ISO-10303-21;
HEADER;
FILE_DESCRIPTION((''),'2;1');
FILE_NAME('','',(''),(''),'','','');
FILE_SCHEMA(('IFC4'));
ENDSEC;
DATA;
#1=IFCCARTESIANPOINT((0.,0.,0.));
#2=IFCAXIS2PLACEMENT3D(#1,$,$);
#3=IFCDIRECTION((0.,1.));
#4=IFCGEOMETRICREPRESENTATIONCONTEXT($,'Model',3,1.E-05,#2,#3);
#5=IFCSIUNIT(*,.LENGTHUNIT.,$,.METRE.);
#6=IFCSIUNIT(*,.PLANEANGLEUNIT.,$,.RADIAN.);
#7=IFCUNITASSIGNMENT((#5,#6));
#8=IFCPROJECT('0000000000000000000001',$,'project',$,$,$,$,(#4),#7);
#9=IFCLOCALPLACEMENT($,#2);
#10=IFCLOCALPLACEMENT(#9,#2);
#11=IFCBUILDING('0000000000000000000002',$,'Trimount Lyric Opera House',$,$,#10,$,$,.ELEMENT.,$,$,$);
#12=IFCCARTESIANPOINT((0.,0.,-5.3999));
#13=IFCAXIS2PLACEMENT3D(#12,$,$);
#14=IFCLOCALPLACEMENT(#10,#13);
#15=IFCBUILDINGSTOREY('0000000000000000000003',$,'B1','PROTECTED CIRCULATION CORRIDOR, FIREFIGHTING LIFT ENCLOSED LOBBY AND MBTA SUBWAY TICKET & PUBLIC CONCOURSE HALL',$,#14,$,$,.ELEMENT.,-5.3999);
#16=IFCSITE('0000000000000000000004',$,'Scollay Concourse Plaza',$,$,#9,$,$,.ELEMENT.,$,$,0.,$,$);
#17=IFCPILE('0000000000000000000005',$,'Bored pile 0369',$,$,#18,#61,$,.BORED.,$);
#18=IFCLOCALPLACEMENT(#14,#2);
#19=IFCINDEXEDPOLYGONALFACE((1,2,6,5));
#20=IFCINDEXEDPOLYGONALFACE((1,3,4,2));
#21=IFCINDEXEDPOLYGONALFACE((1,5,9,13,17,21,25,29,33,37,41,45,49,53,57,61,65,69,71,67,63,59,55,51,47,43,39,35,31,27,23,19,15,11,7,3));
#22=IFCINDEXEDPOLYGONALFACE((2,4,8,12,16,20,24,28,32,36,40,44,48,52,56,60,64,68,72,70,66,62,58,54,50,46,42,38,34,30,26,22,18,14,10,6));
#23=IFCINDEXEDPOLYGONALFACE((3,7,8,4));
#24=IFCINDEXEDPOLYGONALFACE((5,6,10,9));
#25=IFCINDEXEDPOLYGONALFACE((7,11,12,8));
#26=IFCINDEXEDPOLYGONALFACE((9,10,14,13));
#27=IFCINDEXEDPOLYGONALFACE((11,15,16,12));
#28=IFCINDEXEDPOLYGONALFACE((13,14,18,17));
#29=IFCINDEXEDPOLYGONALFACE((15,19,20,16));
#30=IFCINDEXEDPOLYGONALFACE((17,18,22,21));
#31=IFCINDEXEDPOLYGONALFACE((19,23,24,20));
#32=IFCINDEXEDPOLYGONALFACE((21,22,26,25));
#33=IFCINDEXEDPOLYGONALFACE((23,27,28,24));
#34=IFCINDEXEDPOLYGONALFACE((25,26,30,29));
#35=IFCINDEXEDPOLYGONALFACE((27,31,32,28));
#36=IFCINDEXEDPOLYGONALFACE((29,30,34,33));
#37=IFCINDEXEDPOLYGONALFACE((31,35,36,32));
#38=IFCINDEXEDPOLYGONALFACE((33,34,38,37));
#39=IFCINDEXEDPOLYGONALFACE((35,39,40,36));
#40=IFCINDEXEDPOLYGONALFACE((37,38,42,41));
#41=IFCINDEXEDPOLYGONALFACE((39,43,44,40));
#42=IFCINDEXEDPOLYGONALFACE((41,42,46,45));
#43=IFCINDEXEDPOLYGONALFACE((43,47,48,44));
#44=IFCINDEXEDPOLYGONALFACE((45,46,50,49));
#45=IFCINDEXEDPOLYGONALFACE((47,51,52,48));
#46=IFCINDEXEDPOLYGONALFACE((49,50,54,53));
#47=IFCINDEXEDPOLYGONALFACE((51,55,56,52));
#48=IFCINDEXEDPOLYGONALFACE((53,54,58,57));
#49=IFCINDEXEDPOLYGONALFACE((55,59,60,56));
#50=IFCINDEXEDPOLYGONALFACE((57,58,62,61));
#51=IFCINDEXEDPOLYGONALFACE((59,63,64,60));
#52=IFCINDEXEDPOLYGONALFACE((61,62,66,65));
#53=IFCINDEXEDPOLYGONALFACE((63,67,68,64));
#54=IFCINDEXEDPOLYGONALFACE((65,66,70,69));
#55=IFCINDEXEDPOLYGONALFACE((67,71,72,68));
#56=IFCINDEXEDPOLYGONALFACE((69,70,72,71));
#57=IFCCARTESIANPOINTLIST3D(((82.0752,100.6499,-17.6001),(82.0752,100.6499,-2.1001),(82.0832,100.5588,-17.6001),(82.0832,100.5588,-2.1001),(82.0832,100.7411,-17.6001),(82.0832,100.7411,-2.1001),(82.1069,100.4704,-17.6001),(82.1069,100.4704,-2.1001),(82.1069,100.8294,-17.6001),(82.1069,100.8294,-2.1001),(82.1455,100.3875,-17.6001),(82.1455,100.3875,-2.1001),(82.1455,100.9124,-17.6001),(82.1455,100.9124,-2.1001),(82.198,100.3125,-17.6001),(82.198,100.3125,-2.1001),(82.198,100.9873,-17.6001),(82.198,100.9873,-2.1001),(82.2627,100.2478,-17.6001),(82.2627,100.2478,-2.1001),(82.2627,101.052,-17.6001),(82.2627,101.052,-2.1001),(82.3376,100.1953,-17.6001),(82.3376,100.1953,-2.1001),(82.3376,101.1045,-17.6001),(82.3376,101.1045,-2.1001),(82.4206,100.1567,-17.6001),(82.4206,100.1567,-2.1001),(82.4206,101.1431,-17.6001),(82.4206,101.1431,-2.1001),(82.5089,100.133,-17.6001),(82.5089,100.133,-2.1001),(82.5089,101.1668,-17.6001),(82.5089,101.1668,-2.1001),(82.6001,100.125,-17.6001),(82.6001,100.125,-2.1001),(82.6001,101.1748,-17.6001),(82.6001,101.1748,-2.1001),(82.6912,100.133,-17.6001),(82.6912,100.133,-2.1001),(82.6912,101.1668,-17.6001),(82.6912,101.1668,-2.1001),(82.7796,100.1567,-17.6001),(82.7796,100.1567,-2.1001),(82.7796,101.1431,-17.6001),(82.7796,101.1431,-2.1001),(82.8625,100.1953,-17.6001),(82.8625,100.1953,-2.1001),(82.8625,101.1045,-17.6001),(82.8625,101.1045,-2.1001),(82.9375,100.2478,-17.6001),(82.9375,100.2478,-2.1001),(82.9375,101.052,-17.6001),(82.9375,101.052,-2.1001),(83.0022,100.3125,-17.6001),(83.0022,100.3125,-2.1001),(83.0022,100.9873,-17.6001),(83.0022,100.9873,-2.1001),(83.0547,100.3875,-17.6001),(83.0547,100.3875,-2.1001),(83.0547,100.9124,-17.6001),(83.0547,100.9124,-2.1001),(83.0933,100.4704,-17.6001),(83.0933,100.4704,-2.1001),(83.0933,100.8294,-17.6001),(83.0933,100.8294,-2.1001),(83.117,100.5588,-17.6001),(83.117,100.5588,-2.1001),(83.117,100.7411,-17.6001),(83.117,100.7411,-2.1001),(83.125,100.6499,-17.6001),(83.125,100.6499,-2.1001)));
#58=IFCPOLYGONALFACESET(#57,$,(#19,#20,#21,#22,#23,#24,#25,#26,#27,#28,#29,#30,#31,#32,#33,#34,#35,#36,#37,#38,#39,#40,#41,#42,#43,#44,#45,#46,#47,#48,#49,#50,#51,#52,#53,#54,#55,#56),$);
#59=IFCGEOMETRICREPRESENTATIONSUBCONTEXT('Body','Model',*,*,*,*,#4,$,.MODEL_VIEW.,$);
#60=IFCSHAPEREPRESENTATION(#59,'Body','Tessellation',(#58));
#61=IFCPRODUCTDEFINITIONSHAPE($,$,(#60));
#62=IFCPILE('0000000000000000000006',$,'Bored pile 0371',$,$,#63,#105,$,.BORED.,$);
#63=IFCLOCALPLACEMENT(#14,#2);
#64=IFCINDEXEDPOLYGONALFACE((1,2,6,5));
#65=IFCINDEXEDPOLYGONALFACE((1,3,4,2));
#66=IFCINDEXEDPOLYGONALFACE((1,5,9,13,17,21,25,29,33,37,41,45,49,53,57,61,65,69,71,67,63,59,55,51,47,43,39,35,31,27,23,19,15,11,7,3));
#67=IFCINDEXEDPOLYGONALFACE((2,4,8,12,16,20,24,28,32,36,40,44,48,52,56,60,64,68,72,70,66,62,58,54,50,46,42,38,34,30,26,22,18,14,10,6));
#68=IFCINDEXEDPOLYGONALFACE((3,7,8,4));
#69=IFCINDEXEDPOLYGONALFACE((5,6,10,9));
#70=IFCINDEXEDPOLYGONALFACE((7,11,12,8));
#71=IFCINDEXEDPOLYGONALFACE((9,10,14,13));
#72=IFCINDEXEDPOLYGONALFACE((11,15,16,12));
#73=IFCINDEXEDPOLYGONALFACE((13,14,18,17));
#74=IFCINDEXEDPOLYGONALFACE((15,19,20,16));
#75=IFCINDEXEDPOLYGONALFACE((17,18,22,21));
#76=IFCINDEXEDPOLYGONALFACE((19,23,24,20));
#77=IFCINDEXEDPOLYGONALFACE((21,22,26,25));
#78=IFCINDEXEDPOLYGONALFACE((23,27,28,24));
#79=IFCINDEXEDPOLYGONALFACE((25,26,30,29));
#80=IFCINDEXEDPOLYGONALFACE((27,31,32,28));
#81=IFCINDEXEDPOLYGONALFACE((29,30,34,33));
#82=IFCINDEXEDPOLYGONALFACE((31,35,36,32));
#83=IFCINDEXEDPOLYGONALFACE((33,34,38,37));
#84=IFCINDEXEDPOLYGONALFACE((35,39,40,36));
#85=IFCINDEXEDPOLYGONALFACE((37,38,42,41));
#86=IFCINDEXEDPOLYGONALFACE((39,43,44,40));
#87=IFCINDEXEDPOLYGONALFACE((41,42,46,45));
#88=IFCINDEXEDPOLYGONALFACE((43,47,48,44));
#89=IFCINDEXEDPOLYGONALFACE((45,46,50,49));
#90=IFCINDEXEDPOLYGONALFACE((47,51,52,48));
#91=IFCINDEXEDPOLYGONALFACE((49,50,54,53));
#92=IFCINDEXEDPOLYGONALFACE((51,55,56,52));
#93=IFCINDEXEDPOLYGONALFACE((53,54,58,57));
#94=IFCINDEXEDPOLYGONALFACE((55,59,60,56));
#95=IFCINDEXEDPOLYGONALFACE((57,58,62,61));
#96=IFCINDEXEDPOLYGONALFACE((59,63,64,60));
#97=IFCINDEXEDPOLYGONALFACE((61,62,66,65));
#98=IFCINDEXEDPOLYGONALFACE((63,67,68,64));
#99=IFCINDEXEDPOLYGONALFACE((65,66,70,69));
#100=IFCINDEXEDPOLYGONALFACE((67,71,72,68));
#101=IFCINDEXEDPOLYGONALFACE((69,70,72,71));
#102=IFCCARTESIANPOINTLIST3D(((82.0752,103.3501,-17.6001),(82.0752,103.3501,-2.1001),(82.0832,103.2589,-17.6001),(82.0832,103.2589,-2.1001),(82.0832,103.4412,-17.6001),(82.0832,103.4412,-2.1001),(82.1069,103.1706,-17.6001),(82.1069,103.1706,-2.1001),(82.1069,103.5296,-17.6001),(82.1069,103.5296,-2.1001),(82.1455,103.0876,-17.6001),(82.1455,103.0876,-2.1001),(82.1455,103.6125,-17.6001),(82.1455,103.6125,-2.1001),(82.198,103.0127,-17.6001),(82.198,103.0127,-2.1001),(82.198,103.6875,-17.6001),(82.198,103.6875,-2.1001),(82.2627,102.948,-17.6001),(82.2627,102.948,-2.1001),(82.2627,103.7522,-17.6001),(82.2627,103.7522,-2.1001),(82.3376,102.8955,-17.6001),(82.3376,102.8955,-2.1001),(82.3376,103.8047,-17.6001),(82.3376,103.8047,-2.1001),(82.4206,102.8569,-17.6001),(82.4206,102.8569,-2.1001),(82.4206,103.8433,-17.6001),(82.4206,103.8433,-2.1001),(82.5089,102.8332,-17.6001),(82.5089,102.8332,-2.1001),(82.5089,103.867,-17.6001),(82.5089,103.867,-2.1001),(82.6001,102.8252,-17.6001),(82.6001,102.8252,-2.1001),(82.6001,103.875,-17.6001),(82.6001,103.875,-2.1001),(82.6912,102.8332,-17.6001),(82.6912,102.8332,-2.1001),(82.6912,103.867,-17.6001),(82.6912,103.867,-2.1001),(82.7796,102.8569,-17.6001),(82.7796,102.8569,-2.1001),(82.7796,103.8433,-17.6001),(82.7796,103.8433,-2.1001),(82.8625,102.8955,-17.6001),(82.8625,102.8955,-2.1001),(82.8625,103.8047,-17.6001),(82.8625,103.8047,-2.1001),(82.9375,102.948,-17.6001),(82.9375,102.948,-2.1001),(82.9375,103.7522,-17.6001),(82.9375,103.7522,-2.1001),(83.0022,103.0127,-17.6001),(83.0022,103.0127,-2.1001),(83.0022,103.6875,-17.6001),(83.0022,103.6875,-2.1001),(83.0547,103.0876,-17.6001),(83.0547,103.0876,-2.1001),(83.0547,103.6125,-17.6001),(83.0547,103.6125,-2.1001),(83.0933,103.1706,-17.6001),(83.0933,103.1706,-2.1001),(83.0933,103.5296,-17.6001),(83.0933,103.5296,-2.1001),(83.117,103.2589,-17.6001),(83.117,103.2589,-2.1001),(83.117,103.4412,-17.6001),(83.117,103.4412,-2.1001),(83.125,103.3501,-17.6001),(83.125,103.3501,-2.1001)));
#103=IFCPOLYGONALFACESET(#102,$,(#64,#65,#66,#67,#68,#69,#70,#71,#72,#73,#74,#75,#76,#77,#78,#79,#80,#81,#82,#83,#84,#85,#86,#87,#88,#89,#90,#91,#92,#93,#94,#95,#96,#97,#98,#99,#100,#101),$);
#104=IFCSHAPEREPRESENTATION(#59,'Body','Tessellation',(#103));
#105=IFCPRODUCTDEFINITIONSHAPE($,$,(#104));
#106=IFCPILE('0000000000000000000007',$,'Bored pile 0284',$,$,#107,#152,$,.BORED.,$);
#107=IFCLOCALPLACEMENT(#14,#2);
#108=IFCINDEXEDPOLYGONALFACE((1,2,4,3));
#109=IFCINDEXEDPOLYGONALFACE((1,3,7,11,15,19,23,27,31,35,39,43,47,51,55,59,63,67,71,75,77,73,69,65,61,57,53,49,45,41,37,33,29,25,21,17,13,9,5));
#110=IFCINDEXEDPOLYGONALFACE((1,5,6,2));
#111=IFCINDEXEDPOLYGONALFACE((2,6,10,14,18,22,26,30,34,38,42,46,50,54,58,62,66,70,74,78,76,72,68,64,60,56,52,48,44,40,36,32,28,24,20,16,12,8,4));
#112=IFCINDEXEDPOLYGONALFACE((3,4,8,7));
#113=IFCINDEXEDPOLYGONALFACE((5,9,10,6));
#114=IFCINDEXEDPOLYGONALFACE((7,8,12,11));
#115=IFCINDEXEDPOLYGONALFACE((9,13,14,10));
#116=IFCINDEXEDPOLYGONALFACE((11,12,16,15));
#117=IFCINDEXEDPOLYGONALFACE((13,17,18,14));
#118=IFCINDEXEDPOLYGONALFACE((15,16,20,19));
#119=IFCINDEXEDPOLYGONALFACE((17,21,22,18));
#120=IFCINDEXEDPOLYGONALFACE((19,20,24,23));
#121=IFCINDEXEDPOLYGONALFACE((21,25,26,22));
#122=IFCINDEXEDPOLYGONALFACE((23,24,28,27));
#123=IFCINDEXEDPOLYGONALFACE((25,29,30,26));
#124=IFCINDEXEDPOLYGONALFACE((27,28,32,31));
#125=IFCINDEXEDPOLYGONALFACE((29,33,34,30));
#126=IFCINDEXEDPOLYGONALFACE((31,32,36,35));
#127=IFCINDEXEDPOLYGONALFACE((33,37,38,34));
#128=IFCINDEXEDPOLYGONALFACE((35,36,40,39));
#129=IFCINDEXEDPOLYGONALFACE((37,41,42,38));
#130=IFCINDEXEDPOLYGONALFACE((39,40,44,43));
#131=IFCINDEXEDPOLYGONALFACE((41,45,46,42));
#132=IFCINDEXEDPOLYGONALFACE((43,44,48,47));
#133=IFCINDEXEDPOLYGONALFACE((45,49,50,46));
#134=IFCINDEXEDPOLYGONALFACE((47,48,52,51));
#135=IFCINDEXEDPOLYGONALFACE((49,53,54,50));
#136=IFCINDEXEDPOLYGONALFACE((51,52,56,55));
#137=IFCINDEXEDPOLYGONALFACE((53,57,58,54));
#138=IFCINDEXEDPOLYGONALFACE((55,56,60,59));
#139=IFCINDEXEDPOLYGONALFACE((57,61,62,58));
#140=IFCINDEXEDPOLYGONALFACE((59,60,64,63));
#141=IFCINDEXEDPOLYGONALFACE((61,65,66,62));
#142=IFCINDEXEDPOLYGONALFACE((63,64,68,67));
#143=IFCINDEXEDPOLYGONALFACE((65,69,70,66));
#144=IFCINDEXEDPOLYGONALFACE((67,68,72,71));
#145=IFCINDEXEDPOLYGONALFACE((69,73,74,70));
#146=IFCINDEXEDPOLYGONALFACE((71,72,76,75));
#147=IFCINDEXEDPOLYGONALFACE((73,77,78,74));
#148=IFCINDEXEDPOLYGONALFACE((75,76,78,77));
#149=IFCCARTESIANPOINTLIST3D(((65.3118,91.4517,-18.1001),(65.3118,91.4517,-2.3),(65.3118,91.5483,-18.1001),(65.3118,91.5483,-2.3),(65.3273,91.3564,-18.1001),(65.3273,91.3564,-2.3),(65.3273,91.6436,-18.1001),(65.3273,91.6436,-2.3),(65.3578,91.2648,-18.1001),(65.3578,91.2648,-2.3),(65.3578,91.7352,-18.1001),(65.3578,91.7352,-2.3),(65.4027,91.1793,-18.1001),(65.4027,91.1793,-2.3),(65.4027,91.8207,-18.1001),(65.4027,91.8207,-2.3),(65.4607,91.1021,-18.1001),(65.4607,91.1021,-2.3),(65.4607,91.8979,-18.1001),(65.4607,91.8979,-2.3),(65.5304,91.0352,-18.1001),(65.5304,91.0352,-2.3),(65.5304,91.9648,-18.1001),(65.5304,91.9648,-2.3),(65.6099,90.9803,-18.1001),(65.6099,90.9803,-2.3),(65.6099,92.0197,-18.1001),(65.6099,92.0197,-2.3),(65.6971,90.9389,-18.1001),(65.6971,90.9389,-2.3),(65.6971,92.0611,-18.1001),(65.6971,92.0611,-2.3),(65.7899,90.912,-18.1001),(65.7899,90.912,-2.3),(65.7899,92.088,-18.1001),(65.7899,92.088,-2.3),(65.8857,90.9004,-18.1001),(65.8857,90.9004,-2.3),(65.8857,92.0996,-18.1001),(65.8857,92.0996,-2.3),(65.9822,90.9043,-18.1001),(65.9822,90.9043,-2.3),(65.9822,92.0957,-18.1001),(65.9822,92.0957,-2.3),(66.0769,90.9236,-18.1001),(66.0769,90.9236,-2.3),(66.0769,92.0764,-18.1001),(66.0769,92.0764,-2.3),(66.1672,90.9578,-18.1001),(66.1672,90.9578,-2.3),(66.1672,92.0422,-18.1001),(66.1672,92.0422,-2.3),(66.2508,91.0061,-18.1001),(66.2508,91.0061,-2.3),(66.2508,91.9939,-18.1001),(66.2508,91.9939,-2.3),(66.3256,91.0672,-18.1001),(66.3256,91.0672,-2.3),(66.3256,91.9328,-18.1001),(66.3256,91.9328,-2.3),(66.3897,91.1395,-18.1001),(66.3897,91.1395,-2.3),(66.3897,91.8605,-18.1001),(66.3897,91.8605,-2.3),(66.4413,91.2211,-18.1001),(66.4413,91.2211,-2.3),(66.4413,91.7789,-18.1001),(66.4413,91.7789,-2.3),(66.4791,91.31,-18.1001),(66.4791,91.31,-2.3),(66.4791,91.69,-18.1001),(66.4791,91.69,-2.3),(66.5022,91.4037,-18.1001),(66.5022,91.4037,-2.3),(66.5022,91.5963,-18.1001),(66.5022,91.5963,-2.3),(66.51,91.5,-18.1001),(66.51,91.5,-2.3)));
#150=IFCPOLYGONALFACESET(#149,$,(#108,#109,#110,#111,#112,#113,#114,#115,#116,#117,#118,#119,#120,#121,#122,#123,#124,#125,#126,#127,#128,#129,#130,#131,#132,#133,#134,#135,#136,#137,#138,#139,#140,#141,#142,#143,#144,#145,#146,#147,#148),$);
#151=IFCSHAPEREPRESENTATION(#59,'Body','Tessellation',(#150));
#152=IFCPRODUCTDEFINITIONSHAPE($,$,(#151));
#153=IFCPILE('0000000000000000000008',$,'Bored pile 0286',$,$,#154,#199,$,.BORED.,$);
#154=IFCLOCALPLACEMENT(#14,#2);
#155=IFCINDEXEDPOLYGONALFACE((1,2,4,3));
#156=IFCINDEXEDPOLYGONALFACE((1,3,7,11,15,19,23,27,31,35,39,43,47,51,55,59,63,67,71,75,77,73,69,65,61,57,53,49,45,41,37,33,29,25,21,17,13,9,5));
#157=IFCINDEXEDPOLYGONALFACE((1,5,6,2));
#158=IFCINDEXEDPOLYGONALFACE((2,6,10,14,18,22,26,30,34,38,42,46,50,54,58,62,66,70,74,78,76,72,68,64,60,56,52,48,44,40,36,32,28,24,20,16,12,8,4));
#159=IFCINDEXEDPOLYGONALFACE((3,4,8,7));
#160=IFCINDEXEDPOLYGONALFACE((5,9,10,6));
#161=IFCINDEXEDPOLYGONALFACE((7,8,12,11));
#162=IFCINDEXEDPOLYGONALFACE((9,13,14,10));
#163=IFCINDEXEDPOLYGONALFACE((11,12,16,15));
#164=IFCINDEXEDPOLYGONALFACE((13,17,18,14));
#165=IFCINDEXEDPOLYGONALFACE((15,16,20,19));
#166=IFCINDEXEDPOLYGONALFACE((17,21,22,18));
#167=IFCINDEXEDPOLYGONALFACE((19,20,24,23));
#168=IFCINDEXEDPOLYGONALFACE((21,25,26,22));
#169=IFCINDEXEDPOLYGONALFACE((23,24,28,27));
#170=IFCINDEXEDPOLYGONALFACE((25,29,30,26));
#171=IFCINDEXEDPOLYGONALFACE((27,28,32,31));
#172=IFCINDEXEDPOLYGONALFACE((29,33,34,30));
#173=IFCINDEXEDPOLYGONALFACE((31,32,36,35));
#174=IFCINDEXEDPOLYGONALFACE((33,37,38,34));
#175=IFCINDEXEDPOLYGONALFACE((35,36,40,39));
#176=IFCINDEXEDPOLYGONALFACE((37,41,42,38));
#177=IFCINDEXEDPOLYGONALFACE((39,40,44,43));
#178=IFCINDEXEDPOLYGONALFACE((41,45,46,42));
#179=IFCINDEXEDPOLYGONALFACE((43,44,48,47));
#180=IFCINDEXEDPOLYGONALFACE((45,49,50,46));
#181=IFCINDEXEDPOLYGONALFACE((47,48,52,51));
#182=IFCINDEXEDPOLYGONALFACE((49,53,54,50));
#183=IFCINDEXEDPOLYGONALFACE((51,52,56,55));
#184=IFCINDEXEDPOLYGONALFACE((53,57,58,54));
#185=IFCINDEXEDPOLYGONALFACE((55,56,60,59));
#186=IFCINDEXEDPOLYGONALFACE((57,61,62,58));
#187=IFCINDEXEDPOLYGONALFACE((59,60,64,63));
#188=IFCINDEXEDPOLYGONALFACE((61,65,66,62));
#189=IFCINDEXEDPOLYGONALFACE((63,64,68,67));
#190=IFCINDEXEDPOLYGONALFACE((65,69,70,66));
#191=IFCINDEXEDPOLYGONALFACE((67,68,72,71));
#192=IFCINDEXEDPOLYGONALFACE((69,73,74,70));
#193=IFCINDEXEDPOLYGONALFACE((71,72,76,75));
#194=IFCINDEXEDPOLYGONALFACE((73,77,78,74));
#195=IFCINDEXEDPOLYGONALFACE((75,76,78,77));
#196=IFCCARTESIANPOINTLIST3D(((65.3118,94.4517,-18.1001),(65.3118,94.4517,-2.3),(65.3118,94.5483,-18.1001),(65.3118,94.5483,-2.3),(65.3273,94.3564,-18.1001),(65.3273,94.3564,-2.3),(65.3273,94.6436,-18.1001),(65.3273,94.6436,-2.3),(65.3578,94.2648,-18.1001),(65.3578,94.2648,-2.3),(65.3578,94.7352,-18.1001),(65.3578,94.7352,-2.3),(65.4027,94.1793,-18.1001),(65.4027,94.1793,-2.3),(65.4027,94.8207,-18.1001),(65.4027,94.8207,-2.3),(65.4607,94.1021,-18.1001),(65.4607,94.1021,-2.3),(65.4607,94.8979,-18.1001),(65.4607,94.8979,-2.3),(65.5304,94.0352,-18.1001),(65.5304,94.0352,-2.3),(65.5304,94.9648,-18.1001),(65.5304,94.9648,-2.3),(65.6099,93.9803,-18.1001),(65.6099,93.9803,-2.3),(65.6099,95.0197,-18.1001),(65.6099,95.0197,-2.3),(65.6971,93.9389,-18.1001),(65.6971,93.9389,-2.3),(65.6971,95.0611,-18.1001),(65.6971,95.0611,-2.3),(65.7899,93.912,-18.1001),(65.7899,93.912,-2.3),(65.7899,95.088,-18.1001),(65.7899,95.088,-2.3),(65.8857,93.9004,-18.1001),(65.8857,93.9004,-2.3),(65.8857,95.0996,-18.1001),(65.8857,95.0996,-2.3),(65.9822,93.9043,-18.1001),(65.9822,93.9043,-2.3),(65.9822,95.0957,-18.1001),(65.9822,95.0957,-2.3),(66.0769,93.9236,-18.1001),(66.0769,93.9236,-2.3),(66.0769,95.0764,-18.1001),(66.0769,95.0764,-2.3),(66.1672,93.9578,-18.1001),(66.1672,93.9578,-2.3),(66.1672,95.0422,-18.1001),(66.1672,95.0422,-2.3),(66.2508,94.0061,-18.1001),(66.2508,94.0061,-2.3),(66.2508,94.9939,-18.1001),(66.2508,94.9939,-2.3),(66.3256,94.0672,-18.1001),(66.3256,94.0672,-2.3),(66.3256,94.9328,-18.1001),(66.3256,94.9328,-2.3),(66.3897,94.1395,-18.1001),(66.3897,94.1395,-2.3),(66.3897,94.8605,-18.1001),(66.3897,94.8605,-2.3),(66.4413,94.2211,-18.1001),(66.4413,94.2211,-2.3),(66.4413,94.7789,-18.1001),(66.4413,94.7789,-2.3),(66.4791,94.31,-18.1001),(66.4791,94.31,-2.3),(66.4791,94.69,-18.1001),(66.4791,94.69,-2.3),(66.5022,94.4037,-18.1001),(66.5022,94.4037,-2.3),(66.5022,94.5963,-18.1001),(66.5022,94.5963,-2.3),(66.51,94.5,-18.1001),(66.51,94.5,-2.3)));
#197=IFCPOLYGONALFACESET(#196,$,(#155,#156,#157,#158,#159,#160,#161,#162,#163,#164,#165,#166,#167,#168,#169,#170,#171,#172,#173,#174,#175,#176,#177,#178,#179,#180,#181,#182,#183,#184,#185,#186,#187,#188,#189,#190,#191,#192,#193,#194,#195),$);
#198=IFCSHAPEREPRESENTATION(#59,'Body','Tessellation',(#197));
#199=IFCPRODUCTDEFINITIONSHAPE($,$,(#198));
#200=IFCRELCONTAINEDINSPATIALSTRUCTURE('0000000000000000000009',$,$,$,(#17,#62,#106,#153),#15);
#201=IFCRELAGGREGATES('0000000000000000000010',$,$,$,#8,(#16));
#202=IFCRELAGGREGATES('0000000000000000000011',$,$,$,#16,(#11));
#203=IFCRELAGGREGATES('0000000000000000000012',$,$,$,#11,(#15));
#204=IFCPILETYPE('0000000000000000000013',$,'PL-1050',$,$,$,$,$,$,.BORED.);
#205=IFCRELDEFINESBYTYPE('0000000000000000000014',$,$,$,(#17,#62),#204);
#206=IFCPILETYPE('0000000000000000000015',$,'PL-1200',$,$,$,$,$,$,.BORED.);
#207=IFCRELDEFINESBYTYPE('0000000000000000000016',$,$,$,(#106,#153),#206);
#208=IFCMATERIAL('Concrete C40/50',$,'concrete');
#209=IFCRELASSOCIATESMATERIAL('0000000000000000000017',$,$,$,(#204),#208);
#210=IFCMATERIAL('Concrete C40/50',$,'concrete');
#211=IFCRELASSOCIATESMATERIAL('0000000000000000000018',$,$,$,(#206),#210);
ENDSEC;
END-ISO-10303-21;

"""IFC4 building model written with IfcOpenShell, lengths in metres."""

from ifc_helpers import new_model, si_unit, direction, frame, origin, origin_2d, place, context, subcontext, project, spatial, circle, extrude, material, material_profile, profile_set, type_object, element, save


model = new_model("IFC4")

# Units and contexts
model_context = context("Model", 3, precision=1e-05, world=origin(), true_north=direction((0.0, 1.0)))
body_context = subcontext(model_context, "Body", "Model", "MODEL_VIEW")
ifc_project = project(units=[si_unit("LENGTHUNIT", "METRE"), si_unit("PLANEANGLEUNIT", "RADIAN")], contexts=[model_context])

# Site, building, storey
site_placement = place(None, origin())
site = spatial("IfcSite", under=ifc_project, at=site_placement, Name="Scollay Concourse Plaza", CompositionType="ELEMENT", RefElevation=0.0)
building_placement = place(site_placement, origin())
building = spatial("IfcBuilding", under=site, at=building_placement, Name="Trimount Lyric Opera House", CompositionType="ELEMENT")
storey_placement = place(building_placement, frame((0.0, 0.0, -5.3999)))
storey = spatial("IfcBuildingStorey", under=building, at=storey_placement, Name="B1", Description="PROTECTED CIRCULATION CORRIDOR, FIREFIGHTING LIFT ENCLOSED LOBBY AND MBTA SUBWAY TICKET & PUBLIC CONCOURSE HALL", CompositionType="ELEMENT", Elevation=-5.3999)

# Piles
ifc_material_1 = material(Name="Concrete C40/50", Category="concrete")
ifc_material_profile_1 = material_profile(ifc_material_1, circle(Radius=0.5249, at=origin_2d()), Name="PILE-D1050")
ifc_profile_set_1 = profile_set([ifc_material_profile_1], Name="Concrete C40/50")
pile_type_1 = type_object("IfcPileType", Name="PL-1050", PredefinedType="BORED", material=ifc_profile_set_1)
for number, where, z_axis, x_axis, name in (
    (1, (82.6001, 100.6499, -2.1001), (0.0, 0.0, -1.0), (1.0, 0.0, 0.0), "Bored pile 0369"),
    (2, (82.6001, 103.3501, -2.1001), (0.0, 0.0, -1.0), (1.0, 0.0, 0.0), "Bored pile 0371"),
):
    element("IfcPile", number, at=place(storey_placement, frame(where, z_axis=z_axis, x_axis=x_axis)), inside=storey, type_object=pile_type_1, Name=name, PredefinedType="BORED", context=body_context, shape_type="SweptSolid", body=[
        extrude(circle(Radius=0.5249, at=origin_2d()), origin(), (0.0, 0.0, 1.0), 15.5),
    ])
ifc_material_2 = material(Name="Concrete C40/50", Category="concrete")
ifc_material_profile_2 = material_profile(ifc_material_2, circle(Radius=0.6001, at=origin_2d()), Name="PILE-D1200")
ifc_profile_set_2 = profile_set([ifc_material_profile_2], Name="Concrete C40/50")
pile_type_2 = type_object("IfcPileType", Name="PL-1200", PredefinedType="BORED", material=ifc_profile_set_2)
for number, where, z_axis, x_axis, name in (
    (3, (65.9099, 91.5, -2.3), (0.0, 0.0, -1.0), (1.0, 0.0, 0.0), "Bored pile 0284"),
    (4, (65.9099, 94.5, -2.3), (0.0, 0.0, -1.0), (1.0, 0.0, 0.0), "Bored pile 0286"),
):
    element("IfcPile", number, at=place(storey_placement, frame(where, z_axis=z_axis, x_axis=x_axis)), inside=storey, type_object=pile_type_2, Name=name, PredefinedType="BORED", context=body_context, shape_type="SweptSolid", body=[
        extrude(circle(Radius=0.6001, at=origin_2d()), origin(), (0.0, 0.0, 1.0), 15.8),
    ])

save(model, "model.ifc")
